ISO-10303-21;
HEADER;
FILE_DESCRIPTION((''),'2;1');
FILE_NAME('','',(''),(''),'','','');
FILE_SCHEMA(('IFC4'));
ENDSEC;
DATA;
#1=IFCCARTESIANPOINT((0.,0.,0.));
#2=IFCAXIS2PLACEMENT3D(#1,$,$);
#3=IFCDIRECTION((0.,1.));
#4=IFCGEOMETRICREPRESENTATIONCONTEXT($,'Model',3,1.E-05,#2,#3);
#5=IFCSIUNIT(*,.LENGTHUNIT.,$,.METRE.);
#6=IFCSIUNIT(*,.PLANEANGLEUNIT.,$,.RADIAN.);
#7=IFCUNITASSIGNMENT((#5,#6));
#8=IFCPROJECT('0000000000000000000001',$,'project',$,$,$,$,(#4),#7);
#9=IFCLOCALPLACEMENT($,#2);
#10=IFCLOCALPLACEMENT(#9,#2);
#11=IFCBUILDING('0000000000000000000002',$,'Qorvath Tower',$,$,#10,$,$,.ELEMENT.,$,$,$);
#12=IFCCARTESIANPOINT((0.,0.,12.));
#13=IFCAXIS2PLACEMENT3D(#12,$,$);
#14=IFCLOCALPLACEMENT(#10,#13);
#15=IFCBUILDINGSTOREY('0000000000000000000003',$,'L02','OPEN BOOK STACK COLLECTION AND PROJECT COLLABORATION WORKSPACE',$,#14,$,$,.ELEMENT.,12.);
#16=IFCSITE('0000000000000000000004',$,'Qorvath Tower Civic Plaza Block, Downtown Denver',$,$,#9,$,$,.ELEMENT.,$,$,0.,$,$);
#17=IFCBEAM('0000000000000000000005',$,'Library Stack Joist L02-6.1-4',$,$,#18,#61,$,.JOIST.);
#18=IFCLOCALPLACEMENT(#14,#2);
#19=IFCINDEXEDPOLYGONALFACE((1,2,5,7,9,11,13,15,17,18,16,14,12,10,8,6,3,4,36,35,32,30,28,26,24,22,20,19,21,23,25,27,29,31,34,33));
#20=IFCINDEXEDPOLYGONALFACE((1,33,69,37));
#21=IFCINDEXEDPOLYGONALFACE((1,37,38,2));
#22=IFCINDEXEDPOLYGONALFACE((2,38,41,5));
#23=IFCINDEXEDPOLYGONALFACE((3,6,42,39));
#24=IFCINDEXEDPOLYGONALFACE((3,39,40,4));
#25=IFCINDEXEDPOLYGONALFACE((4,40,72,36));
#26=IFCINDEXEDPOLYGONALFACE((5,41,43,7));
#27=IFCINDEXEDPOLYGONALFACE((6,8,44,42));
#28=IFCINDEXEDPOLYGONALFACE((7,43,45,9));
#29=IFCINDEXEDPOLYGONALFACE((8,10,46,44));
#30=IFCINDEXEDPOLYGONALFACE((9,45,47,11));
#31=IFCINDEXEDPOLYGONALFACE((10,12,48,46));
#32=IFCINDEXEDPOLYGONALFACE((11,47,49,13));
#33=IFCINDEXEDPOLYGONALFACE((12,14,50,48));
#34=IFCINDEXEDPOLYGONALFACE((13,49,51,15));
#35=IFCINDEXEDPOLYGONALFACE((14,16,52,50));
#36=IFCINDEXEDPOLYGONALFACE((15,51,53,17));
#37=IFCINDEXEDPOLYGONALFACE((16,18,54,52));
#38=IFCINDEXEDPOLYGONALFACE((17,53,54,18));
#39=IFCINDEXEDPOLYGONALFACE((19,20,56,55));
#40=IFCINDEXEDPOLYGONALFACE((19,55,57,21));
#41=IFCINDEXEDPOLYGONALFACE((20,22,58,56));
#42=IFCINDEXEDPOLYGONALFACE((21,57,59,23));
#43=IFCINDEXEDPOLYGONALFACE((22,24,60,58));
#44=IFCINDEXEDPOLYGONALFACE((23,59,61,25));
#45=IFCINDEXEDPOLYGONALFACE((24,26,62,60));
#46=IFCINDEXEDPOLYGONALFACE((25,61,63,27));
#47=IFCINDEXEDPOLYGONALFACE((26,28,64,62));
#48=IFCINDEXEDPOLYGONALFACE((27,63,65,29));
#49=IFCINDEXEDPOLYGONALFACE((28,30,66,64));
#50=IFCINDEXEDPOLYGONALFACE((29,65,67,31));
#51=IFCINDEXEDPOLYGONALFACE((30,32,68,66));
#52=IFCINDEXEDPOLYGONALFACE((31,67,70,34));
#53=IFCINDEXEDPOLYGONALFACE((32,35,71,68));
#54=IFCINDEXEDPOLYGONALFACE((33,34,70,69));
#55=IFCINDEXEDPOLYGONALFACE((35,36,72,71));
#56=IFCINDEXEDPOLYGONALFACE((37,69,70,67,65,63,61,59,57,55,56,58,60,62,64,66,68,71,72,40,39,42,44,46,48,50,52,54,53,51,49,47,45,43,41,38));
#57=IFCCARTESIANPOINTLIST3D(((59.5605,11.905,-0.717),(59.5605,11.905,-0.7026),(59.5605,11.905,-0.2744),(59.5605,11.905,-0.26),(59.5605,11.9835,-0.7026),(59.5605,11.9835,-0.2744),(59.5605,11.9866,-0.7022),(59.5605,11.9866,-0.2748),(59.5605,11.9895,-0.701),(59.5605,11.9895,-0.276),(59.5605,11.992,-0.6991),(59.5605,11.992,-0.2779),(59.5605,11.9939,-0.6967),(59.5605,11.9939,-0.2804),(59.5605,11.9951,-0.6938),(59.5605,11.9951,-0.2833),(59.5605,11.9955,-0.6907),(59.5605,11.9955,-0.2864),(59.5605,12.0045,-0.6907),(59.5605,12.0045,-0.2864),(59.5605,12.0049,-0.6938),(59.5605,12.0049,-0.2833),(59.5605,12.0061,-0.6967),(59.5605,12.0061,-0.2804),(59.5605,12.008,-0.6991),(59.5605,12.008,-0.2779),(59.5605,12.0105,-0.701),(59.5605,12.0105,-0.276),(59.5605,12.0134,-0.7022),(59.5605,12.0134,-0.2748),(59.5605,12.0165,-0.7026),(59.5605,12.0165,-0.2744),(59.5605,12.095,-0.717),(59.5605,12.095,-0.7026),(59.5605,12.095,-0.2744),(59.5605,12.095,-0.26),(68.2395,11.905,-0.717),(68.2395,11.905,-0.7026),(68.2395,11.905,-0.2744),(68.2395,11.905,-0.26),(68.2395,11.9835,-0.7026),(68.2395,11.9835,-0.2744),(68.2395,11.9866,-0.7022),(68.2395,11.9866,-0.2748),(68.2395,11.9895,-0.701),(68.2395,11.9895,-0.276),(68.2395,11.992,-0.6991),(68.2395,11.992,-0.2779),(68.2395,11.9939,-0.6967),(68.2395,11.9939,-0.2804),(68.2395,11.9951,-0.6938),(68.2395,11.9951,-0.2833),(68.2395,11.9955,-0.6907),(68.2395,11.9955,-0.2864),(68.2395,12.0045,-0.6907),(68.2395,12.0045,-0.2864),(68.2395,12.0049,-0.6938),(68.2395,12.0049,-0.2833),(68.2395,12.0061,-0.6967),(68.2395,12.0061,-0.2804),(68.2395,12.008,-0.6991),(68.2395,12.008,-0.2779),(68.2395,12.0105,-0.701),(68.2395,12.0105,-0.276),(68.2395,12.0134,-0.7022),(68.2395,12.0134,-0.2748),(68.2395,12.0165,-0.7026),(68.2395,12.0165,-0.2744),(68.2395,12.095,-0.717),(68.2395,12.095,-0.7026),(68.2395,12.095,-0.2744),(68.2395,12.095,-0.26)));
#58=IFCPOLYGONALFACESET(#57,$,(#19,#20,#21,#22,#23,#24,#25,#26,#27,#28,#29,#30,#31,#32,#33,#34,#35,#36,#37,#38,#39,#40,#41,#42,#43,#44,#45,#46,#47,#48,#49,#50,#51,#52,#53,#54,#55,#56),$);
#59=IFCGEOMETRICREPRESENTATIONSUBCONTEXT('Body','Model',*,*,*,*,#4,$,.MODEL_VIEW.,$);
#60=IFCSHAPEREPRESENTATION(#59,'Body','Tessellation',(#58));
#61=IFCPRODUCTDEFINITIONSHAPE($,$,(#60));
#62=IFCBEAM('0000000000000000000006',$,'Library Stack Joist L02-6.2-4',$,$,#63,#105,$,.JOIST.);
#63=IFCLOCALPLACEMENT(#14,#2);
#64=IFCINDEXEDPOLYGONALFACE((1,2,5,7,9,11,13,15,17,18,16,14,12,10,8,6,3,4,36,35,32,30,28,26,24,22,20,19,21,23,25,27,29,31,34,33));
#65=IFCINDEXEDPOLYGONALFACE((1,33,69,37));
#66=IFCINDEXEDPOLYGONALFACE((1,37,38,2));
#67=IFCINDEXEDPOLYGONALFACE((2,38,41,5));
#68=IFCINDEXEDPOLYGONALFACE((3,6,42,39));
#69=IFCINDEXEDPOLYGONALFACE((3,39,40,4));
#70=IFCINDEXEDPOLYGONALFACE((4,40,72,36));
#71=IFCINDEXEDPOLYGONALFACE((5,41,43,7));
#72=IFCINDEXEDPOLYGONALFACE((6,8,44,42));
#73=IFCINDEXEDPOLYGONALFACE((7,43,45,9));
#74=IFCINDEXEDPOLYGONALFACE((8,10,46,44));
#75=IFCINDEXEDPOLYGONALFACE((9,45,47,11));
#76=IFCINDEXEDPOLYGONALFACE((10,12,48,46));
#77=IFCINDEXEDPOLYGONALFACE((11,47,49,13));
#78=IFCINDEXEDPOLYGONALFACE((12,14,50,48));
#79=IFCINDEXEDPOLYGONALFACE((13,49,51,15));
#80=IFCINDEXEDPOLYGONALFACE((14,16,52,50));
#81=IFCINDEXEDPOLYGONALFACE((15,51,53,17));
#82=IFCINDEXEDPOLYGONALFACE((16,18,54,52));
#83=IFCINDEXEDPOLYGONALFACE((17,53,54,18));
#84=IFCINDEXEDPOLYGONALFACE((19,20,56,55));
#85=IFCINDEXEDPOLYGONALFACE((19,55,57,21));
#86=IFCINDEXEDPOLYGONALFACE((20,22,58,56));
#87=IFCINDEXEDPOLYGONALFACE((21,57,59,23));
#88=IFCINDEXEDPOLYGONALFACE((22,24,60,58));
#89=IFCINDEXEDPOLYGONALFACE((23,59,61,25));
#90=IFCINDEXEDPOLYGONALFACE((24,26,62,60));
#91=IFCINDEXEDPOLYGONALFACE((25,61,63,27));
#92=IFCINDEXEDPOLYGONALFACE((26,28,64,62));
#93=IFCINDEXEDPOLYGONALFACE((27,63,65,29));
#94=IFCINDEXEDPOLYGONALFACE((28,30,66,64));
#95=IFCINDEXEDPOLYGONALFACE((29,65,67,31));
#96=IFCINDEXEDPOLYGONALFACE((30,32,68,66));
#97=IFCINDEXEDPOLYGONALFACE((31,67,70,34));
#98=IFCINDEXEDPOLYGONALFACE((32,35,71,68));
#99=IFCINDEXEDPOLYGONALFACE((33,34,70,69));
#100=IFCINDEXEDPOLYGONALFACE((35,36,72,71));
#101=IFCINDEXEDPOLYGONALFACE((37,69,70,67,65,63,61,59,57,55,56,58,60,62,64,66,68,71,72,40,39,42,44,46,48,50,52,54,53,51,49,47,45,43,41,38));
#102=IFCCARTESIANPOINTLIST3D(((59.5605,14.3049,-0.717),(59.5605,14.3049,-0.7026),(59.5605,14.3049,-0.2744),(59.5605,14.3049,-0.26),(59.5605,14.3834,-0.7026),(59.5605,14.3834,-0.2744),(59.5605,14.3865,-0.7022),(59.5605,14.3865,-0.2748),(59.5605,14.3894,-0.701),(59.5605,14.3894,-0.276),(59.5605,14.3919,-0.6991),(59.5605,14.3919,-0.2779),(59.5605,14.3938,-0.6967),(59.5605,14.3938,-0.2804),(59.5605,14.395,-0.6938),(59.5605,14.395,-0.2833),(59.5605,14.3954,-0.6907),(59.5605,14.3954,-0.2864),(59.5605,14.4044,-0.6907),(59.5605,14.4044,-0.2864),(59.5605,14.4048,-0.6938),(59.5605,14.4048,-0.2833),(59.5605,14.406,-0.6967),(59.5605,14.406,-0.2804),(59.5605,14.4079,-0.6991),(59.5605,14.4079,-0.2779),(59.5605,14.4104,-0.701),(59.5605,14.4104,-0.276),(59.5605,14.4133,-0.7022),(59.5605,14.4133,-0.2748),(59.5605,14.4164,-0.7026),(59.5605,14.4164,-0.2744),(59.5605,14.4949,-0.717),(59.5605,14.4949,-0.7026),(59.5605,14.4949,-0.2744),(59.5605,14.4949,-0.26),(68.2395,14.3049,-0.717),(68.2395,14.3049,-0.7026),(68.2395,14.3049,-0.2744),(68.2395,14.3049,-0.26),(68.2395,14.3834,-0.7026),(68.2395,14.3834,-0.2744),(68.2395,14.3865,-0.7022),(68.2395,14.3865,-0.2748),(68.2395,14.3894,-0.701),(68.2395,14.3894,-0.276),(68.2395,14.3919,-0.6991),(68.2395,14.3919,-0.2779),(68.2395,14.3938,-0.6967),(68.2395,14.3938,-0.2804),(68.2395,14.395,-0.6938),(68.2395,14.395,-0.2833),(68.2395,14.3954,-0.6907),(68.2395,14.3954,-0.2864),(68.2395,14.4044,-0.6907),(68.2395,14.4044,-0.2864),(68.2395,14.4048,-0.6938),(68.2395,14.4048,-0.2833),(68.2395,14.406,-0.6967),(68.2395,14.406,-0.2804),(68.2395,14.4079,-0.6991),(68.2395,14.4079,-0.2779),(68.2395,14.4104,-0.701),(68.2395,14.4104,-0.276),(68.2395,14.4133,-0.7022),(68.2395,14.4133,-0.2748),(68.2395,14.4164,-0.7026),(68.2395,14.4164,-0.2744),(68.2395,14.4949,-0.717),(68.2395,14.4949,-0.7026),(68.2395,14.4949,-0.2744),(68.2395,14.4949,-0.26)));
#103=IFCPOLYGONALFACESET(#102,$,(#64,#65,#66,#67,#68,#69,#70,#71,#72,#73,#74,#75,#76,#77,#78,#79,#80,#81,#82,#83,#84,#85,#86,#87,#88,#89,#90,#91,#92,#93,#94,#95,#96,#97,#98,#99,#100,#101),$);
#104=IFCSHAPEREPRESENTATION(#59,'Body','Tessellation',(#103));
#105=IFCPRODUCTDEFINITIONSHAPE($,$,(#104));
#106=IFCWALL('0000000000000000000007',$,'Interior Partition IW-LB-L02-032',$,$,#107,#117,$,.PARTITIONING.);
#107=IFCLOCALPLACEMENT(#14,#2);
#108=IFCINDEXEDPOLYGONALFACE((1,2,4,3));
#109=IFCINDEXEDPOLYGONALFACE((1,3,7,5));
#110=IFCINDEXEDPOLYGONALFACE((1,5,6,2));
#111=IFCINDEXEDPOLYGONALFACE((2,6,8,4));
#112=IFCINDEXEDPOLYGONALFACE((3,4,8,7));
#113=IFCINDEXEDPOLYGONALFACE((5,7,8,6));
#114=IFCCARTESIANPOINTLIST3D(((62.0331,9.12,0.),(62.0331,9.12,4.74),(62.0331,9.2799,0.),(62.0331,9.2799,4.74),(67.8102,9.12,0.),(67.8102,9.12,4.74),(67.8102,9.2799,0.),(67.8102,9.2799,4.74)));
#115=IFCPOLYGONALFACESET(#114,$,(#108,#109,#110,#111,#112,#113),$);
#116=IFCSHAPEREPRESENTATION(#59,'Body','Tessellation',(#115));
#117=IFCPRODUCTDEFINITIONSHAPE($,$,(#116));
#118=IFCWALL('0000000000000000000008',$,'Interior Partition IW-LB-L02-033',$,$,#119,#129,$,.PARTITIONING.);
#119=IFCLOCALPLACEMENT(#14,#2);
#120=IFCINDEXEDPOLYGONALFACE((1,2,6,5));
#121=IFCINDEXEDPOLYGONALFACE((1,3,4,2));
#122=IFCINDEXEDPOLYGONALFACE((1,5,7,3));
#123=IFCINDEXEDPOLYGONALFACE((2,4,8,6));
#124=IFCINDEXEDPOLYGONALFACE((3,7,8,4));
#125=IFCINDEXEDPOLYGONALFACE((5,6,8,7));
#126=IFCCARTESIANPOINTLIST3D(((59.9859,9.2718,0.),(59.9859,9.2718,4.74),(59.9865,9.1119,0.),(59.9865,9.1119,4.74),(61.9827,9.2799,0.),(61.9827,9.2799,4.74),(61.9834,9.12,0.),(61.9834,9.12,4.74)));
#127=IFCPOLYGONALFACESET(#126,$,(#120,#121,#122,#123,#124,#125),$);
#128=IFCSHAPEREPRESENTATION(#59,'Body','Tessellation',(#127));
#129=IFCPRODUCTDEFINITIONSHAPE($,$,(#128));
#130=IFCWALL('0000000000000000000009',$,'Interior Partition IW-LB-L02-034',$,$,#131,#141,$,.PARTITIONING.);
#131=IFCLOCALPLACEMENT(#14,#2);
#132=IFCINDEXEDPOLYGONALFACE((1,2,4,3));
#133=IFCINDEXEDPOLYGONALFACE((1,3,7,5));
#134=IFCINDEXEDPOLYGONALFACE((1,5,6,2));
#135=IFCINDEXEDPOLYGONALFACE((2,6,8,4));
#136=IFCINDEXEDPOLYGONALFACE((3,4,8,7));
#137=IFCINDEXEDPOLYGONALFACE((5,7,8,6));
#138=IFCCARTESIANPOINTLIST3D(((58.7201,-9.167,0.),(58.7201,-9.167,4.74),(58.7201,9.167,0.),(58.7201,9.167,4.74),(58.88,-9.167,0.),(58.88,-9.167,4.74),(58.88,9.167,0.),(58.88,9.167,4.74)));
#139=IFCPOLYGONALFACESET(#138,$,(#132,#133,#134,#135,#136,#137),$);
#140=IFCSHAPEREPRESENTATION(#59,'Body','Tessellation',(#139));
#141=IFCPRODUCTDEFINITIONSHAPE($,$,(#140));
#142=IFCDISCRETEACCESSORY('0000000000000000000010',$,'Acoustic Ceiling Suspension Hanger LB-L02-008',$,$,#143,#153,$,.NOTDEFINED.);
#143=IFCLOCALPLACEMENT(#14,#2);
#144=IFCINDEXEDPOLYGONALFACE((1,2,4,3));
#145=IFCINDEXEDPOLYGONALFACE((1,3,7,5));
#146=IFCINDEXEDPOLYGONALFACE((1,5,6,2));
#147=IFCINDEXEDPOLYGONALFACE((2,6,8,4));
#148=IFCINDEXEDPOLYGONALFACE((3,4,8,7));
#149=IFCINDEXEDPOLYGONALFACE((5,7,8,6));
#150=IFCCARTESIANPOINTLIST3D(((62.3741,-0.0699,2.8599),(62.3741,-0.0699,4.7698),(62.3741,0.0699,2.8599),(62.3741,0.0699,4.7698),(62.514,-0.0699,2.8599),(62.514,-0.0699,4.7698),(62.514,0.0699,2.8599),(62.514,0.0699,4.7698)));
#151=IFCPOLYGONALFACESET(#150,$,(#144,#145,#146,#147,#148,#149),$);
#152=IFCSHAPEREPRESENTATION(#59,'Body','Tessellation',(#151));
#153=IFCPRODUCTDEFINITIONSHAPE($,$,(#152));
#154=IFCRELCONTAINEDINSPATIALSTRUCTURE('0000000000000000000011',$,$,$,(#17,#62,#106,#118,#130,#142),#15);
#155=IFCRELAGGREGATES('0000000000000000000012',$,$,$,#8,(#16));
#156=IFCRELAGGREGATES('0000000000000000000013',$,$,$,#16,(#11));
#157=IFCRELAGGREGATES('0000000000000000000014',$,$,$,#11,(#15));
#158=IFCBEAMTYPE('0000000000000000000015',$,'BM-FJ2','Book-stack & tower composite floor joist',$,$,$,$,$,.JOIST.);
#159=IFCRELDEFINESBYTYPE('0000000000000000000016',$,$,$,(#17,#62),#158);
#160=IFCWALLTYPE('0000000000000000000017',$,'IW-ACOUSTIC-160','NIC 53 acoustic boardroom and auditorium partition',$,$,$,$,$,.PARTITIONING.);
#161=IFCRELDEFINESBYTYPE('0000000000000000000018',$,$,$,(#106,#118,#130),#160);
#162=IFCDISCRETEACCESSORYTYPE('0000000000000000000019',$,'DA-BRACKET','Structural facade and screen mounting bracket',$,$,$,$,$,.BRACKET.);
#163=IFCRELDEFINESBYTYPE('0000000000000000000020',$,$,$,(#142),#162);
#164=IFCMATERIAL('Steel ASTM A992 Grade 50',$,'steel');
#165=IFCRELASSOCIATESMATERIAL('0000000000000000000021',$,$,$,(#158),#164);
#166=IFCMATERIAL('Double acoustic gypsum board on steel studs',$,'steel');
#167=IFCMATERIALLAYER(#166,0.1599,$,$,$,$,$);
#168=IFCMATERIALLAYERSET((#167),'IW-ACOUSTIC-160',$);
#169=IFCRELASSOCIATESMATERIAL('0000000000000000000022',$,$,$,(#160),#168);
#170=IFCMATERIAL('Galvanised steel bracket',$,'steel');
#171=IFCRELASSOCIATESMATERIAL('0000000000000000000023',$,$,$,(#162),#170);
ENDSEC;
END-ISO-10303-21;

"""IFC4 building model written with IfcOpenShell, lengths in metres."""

from ifc_helpers import new_model, si_unit, direction, frame, frame_2d, origin, origin_2d, place, context, subcontext, project, spatial, rectangle, i_section, extrude, material, layer, layer_set, material_profile, profile_set, type_object, element, save


model = new_model("IFC4")

# Units and contexts
model_context = context("Model", 3, precision=1e-05, world=origin(), true_north=direction((0.0, 1.0)))
body_context = subcontext(model_context, "Body", "Model", "MODEL_VIEW")
ifc_project = project(units=[si_unit("LENGTHUNIT", "METRE"), si_unit("PLANEANGLEUNIT", "RADIAN")], contexts=[model_context])

# Site, building, storey
site_placement = place(None, origin())
site = spatial("IfcSite", under=ifc_project, at=site_placement, Name="Qorvath Tower Civic Plaza Block, Downtown Denver", CompositionType="ELEMENT", RefElevation=0.0)
building_placement = place(site_placement, origin())
building = spatial("IfcBuilding", under=site, at=building_placement, Name="Qorvath Tower", CompositionType="ELEMENT")
storey_placement = place(building_placement, frame((0.0, 0.0, 12.0)))
storey = spatial("IfcBuildingStorey", under=building, at=storey_placement, Name="L02", Description="OPEN BOOK STACK COLLECTION AND PROJECT COLLABORATION WORKSPACE", CompositionType="ELEMENT", Elevation=12.0)

# Beams
ifc_material_1 = material(Name="Steel ASTM A992 Grade 50", Category="steel")
ifc_material_profile_1 = material_profile(ifc_material_1, i_section(OverallWidth=0.1899, OverallDepth=0.457, WebThickness=0.009, FlangeThickness=0.0144, FilletRadius=0.012, at=origin_2d()), Name="W18x50")
ifc_profile_set_1 = profile_set([ifc_material_profile_1], Name="Steel ASTM A992 Grade 50")
beam_type_1 = type_object("IfcBeamType", Name="BM-FJ2", Description="Book-stack & tower composite floor joist", PredefinedType="JOIST", material=ifc_profile_set_1)
for number, where, z_axis, x_axis, name in (
    (1, (59.5605, 12.0, -0.4885), (1.0, 0.0, 0.0), (0.0, 1.0, 0.0), "Library Stack Joist L02-6.1-4"),
    (2, (59.5605, 14.3999, -0.4885), (1.0, 0.0, 0.0), (0.0, 1.0, 0.0), "Library Stack Joist L02-6.2-4"),
):
    element("IfcBeam", number, at=place(storey_placement, frame(where, z_axis=z_axis, x_axis=x_axis)), inside=storey, type_object=beam_type_1, Name=name, PredefinedType="JOIST", context=body_context, shape_type="SweptSolid", body=[
        extrude(i_section(OverallWidth=0.1899, OverallDepth=0.457, WebThickness=0.009, FlangeThickness=0.0144, FilletRadius=0.012, at=origin_2d()), origin(), (0.0, 0.0, 1.0), 8.679),
    ])

# Walls
ifc_material_2 = material(Name="Double acoustic gypsum board on steel studs", Category="steel")
ifc_layer = layer(ifc_material_2, 0.1599)
ifc_layer_set = layer_set([ifc_layer], Name="IW-ACOUSTIC-160")
wall_type = type_object("IfcWallType", Name="IW-ACOUSTIC-160", Description="NIC 53 acoustic boardroom and auditorium partition", PredefinedType="PARTITIONING", material=ifc_layer_set)
wall_1_placement = place(storey_placement, frame((67.8103, 9.2, 0.0), z_axis=(0.0, 0.0, 1.0), x_axis=(-1.0, 0.0, 0.0)))
element("IfcWall", 3, at=wall_1_placement, inside=storey, type_object=wall_type, Name="Interior Partition IW-LB-L02-032", PredefinedType="PARTITIONING", context=body_context, shape_type="SweptSolid", body=[
    extrude(rectangle(XDim=5.7771, YDim=0.1599, at=frame_2d((2.8887, 0.0))), origin(), (0.0, 0.0, 1.0), 4.74),
])
wall_2_placement = place(storey_placement, frame((61.9832, 9.2, 0.0), z_axis=(0.0, 0.0, 1.0), x_axis=(-0.999992, -0.004035, 0.0)))
element("IfcWall", 4, at=wall_2_placement, inside=storey, type_object=wall_type, Name="Interior Partition IW-LB-L02-033", PredefinedType="PARTITIONING", context=body_context, shape_type="SweptSolid", body=[
    extrude(rectangle(XDim=1.9968, YDim=0.1599, at=frame_2d((0.9985, 0.0))), origin(), (0.0, 0.0, 1.0), 4.74),
])
wall_3_placement = place(storey_placement, frame((58.8, 9.167, 0.0), z_axis=(0.0, 0.0, 1.0), x_axis=(0.0, -1.0, 0.0)))
element("IfcWall", 5, at=wall_3_placement, inside=storey, type_object=wall_type, Name="Interior Partition IW-LB-L02-034", PredefinedType="PARTITIONING", context=body_context, shape_type="SweptSolid", body=[
    extrude(rectangle(XDim=18.334, YDim=0.1599, at=frame_2d((9.167, 0.0))), origin(), (0.0, 0.0, 1.0), 4.74),
])

# Discrete accessory
ifc_material_3 = material(Name="Galvanised steel bracket", Category="steel")
discrete_accessory_type = type_object("IfcDiscreteAccessoryType", Name="DA-BRACKET", Description="Structural facade and screen mounting bracket", PredefinedType="BRACKET", material=ifc_material_3)
discrete_accessory_placement = place(storey_placement, frame((62.4441, 0.0, 2.8599), z_axis=(0.0, 0.0, 1.0), x_axis=(1.0, 0.0, 0.0)))
element("IfcDiscreteAccessory", 6, at=discrete_accessory_placement, inside=storey, type_object=discrete_accessory_type, Name="Acoustic Ceiling Suspension Hanger LB-L02-008", PredefinedType="NOTDEFINED", context=body_context, shape_type="SweptSolid", body=[
    extrude(rectangle(XDim=0.1399, YDim=0.1399, at=origin_2d()), origin(), (0.0, 0.0, 1.0), 1.9099),
])

save(model, "model.ifc")
